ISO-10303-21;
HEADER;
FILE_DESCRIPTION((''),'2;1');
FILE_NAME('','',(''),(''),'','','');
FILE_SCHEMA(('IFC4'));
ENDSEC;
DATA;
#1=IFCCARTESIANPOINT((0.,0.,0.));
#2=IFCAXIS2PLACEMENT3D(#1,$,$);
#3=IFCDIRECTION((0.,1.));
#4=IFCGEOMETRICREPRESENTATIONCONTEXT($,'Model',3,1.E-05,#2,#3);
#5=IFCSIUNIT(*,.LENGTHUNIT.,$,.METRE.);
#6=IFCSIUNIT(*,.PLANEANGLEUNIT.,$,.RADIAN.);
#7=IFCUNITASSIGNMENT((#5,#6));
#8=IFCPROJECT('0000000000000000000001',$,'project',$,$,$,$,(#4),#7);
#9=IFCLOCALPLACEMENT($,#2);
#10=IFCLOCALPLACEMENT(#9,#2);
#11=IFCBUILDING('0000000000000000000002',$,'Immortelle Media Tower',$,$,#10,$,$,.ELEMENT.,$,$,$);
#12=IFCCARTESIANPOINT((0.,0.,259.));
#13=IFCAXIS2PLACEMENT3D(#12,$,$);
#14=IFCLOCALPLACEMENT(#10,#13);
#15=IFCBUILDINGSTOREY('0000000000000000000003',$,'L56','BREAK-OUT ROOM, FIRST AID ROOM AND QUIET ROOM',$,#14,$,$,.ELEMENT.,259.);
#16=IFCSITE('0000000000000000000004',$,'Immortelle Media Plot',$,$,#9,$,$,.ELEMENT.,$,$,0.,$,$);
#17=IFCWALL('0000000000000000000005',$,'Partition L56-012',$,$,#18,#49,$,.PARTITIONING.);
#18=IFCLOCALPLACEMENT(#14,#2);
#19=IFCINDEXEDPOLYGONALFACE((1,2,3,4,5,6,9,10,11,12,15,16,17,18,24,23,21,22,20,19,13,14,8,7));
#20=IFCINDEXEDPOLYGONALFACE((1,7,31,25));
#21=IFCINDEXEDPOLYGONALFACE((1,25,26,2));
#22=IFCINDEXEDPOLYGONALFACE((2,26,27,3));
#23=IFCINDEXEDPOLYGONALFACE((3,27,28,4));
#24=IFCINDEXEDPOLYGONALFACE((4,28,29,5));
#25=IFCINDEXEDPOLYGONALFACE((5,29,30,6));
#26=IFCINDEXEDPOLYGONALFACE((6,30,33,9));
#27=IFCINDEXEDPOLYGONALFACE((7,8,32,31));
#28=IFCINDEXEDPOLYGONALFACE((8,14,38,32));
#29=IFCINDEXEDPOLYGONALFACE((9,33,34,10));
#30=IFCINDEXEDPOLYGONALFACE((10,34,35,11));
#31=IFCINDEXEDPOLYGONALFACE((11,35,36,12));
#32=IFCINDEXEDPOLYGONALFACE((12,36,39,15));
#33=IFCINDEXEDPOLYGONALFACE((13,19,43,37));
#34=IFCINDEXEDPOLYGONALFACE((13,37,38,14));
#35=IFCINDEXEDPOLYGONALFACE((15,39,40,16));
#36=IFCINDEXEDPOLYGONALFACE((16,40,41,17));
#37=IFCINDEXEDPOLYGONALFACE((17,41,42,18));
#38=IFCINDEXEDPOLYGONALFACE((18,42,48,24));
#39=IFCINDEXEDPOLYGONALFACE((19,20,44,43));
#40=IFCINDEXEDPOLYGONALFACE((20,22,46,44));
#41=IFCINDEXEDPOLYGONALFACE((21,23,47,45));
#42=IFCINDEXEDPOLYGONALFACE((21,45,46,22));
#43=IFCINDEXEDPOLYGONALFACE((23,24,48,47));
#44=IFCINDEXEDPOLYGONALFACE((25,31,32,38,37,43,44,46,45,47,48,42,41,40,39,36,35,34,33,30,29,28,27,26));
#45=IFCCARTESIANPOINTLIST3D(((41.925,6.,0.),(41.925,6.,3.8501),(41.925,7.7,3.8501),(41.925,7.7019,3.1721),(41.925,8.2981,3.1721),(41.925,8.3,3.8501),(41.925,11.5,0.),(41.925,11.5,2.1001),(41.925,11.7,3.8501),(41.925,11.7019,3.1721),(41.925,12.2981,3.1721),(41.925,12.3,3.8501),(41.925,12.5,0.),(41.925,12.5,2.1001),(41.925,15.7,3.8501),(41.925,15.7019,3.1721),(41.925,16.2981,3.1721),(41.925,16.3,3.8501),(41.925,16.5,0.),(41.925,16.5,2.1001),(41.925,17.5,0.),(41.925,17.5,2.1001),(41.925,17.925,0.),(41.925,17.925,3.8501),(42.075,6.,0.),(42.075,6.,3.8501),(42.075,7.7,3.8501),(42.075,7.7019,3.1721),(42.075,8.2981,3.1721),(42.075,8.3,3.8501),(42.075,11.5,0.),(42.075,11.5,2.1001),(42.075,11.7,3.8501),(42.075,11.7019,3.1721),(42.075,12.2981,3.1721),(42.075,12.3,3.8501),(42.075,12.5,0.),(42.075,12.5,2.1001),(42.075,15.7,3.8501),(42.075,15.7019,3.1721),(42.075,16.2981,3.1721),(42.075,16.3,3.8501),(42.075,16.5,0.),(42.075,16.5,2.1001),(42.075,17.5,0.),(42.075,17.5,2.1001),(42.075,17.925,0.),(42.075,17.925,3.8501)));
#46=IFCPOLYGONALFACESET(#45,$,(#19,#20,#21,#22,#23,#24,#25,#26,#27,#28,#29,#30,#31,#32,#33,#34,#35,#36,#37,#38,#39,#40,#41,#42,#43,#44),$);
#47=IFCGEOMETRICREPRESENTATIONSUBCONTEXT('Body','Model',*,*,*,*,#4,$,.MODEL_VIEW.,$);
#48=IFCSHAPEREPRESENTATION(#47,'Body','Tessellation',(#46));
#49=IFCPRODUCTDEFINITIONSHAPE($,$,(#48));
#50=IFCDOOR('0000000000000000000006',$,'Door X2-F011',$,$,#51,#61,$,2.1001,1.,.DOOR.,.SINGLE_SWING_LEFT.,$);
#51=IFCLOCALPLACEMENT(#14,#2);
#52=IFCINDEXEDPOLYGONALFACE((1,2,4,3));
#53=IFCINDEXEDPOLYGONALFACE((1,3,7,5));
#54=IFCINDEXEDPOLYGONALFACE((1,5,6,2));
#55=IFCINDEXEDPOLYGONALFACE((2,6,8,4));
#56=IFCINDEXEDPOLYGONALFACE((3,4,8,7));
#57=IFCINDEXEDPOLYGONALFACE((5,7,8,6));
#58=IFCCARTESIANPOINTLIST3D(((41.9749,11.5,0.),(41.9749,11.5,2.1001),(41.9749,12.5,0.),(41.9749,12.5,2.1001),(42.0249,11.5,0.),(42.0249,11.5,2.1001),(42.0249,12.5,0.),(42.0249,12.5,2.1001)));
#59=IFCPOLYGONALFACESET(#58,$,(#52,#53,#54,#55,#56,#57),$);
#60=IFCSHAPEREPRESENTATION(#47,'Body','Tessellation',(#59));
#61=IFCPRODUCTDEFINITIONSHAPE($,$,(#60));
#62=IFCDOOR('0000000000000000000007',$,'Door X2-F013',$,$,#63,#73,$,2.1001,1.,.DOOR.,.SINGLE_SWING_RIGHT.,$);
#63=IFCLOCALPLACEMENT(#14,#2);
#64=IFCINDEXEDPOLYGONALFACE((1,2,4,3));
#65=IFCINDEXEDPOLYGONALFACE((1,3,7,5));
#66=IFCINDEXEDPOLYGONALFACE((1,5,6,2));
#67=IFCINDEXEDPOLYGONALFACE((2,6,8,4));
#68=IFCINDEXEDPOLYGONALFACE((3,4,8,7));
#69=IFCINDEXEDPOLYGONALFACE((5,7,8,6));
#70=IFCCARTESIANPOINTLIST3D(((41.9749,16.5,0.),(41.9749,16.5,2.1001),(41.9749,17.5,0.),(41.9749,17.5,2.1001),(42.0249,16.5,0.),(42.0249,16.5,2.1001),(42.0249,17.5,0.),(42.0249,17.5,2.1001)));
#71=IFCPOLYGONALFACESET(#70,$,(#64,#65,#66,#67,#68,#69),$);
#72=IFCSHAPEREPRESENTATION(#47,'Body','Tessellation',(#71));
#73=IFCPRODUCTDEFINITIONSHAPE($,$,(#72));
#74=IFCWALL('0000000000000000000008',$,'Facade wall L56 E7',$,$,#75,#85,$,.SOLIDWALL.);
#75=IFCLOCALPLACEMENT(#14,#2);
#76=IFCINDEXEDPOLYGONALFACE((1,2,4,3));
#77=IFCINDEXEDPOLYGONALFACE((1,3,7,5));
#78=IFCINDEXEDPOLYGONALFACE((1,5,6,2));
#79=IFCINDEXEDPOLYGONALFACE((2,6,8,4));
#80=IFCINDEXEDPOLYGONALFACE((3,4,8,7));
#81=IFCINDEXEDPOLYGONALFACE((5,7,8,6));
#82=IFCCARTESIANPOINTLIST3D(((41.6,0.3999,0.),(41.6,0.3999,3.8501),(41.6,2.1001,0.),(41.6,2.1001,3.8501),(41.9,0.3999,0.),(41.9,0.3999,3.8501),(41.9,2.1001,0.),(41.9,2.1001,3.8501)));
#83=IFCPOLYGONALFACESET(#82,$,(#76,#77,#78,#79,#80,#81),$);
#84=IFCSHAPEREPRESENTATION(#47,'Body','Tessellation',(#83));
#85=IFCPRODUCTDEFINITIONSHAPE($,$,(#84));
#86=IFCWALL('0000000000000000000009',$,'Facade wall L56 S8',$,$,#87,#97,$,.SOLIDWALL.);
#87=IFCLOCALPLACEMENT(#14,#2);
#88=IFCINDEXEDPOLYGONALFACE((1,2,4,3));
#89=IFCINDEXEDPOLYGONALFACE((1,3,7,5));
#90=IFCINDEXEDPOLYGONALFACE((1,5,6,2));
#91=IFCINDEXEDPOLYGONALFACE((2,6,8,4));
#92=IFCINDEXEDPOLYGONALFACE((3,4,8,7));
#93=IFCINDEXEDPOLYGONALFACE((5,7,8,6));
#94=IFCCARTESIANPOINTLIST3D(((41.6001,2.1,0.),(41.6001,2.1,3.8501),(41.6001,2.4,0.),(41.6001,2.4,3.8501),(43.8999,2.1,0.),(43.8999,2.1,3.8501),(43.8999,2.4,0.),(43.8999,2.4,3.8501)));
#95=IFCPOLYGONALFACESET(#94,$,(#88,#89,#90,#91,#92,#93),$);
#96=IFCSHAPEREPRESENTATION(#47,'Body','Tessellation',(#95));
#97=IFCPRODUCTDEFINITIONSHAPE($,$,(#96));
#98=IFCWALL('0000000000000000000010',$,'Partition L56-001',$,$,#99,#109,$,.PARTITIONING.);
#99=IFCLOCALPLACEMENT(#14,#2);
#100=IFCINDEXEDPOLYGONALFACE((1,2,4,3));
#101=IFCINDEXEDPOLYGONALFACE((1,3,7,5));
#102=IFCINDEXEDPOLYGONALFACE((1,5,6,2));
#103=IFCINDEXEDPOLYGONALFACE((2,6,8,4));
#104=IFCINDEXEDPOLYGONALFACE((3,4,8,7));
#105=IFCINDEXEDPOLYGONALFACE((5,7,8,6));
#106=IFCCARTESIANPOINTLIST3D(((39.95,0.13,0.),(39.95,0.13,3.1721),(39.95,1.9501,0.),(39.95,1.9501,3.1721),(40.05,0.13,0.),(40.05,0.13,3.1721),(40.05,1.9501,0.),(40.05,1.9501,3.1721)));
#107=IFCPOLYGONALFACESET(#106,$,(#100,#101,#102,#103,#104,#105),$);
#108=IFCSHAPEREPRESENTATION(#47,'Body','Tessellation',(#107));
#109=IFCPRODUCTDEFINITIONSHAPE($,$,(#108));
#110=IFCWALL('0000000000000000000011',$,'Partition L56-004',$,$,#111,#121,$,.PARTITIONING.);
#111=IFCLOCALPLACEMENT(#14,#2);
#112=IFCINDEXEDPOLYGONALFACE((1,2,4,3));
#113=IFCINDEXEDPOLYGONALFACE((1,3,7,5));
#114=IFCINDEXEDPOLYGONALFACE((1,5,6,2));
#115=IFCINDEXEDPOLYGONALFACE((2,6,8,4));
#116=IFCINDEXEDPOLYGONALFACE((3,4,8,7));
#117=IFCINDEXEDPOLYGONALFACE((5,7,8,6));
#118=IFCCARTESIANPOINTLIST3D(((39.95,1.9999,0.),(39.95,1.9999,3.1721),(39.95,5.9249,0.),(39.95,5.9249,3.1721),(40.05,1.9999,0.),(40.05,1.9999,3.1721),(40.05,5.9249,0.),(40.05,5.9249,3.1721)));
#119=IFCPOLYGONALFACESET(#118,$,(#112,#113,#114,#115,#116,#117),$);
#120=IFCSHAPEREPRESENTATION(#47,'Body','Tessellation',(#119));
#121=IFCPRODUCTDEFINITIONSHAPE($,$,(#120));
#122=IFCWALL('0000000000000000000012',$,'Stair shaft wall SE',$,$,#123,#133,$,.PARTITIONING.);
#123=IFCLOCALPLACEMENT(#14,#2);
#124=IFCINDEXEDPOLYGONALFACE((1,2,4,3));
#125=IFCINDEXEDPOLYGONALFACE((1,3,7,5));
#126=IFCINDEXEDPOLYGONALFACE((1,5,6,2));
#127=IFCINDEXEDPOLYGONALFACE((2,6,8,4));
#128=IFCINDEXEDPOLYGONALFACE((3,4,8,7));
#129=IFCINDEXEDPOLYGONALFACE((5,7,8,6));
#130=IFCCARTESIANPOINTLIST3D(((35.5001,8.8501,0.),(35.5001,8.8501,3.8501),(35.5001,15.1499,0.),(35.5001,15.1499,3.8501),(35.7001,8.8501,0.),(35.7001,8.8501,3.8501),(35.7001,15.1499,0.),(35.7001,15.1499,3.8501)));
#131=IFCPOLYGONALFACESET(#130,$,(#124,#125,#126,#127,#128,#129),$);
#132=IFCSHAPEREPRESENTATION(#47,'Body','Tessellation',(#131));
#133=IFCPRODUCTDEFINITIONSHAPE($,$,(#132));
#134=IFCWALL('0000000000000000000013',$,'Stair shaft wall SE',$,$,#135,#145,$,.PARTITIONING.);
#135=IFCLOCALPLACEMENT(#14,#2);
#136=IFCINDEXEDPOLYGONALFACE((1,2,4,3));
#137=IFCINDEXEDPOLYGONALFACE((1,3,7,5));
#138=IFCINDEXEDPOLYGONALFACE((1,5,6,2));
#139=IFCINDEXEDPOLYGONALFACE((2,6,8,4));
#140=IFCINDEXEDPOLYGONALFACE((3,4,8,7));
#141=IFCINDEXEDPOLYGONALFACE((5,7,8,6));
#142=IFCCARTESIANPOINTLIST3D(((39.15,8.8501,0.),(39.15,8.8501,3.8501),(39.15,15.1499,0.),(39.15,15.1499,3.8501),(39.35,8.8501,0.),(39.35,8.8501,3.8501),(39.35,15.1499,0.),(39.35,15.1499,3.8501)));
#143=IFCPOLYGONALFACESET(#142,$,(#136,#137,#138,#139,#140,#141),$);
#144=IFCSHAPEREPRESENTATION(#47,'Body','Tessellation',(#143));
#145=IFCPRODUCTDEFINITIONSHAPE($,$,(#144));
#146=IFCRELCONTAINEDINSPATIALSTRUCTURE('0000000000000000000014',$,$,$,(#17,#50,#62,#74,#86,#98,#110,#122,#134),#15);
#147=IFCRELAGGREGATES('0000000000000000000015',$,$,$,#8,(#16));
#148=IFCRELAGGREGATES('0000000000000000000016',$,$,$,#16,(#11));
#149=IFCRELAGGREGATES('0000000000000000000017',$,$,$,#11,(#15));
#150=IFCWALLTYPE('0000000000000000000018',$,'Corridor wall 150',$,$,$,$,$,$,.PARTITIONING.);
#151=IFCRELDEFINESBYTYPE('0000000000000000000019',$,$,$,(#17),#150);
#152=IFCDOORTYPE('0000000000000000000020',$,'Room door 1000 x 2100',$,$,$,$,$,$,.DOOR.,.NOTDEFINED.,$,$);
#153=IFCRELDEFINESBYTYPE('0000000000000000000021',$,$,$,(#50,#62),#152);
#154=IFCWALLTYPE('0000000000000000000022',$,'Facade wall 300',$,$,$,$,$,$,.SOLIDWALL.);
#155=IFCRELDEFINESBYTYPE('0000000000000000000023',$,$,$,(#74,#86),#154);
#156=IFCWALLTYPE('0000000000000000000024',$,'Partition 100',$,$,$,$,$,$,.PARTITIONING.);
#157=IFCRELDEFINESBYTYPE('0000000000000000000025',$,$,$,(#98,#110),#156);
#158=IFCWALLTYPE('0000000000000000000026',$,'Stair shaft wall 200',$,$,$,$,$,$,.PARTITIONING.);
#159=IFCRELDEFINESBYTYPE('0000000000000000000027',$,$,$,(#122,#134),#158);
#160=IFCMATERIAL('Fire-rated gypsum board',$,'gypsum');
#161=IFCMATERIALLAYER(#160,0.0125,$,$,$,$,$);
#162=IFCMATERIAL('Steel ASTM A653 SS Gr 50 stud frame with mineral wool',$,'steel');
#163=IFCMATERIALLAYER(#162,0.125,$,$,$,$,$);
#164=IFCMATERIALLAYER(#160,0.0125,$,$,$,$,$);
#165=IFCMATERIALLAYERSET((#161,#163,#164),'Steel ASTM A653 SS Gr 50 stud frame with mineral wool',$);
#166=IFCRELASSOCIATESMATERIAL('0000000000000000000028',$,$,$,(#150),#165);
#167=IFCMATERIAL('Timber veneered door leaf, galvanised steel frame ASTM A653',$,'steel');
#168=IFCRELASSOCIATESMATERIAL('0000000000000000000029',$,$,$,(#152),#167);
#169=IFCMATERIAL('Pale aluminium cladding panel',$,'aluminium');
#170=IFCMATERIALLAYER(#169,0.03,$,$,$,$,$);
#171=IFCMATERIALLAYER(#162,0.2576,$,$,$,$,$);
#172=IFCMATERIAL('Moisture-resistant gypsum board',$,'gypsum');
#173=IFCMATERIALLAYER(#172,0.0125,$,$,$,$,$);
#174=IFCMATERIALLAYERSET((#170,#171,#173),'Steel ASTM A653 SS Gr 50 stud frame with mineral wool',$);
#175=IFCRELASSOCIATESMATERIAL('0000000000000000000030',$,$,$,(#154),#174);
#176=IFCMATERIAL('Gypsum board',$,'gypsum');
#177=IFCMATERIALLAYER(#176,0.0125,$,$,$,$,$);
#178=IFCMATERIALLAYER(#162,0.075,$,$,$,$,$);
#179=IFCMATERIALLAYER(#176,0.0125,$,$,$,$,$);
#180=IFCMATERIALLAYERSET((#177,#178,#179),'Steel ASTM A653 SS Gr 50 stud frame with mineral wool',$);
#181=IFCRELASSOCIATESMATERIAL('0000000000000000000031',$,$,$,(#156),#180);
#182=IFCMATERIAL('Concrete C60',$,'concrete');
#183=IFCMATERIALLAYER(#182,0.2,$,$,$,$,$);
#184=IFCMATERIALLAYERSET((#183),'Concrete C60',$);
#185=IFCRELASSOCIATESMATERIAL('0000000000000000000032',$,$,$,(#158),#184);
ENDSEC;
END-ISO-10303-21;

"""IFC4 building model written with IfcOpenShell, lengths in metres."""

from ifc_helpers import new_model, si_unit, direction, frame, frame_2d, origin, place, context, subcontext, project, spatial, polyline, rectangle, outline, extrude, material, layer, layer_set, type_object, element, fill, save


model = new_model("IFC4")

# Units and contexts
model_context = context("Model", 3, precision=1e-05, world=origin(), true_north=direction((0.0, 1.0)))
body_context = subcontext(model_context, "Body", "Model", "MODEL_VIEW")
ifc_project = project(units=[si_unit("LENGTHUNIT", "METRE"), si_unit("PLANEANGLEUNIT", "RADIAN")], contexts=[model_context])

# Site, building, storey
site_placement = place(None, origin())
site = spatial("IfcSite", under=ifc_project, at=site_placement, Name="Immortelle Media Plot", CompositionType="ELEMENT", RefElevation=0.0)
building_placement = place(site_placement, origin())
building = spatial("IfcBuilding", under=site, at=building_placement, Name="Immortelle Media Tower", CompositionType="ELEMENT")
storey_placement = place(building_placement, frame((0.0, 0.0, 259.0)))
storey = spatial("IfcBuildingStorey", under=building, at=storey_placement, Name="L56", Description="BREAK-OUT ROOM, FIRST AID ROOM AND QUIET ROOM", CompositionType="ELEMENT", Elevation=259.0)

# Wall, openings, doors
ifc_material_1 = material(Name="Fire-rated gypsum board", Category="gypsum")
ifc_layer_1 = layer(ifc_material_1, 0.0125)
ifc_material_2 = material(Name="Steel ASTM A653 SS Gr 50 stud frame with mineral wool", Category="steel")
ifc_layer_2 = layer(ifc_material_2, 0.125)
ifc_layer_3 = layer(ifc_material_1, 0.0125)
ifc_layer_set_1 = layer_set([ifc_layer_1, ifc_layer_2, ifc_layer_3], Name="Steel ASTM A653 SS Gr 50 stud frame with mineral wool")
wall_type_1 = type_object("IfcWallType", Name="Corridor wall 150", PredefinedType="PARTITIONING", material=ifc_layer_set_1)
wall_1_placement = place(storey_placement, frame((42.0, 6.0, 0.0), z_axis=(0.0, 0.0, 1.0), x_axis=(0.0, 1.0, 0.0)))
wall_1 = element("IfcWall", 1, at=wall_1_placement, inside=storey, type_object=wall_type_1, Name="Partition L56-012", PredefinedType="PARTITIONING", context=body_context, shape_type="SweptSolid", body=[
    extrude(outline(polyline([(0.0, 0.0), (11.925, 0.0), (11.925, 3.8501), (10.3, 3.8501), (10.2981, 3.1721), (9.7019, 3.1721), (9.7, 3.8501), (6.3, 3.8501), (6.2981, 3.1721), (5.7019, 3.1721), (5.7, 3.8501), (2.3, 3.8501), (2.2981, 3.1721), (1.7019, 3.1721), (1.7, 3.8501), (0.0, 3.8501), (0.0, 0.0)])), frame((0.0, 0.075, 0.0), z_axis=(0.0, -1.0, 0.0), x_axis=(1.0, 0.0, 0.0)), (0.0, 0.0, 1.0), 0.1499),
])
opening_1_placement = place(wall_1_placement, frame((6.5, 0.0, 0.0), z_axis=(0.0, 0.0, 1.0), x_axis=(-1.0, 0.0, 0.0)))
opening_1 = element("IfcOpeningElement", 2, at=opening_1_placement, cuts=wall_1, PredefinedType="OPENING", context=body_context, shape_type="SweptSolid", body=[
    extrude(rectangle(XDim=1.0, YDim=2.1001, at=frame_2d((0.5, 1.05))), frame((0.0, 0.085, 0.0), z_axis=(0.0, -1.0, 0.0), x_axis=(1.0, 0.0, 0.0)), (0.0, 0.0, 1.0), 0.1699),
])
opening_2_placement = place(wall_1_placement, frame((11.5, 0.0, 0.0), z_axis=(0.0, 0.0, 1.0), x_axis=(-1.0, 0.0, 0.0)))
opening_2 = element("IfcOpeningElement", 3, at=opening_2_placement, cuts=wall_1, PredefinedType="OPENING", context=body_context, shape_type="SweptSolid", body=[
    extrude(rectangle(XDim=1.0, YDim=2.1001, at=frame_2d((0.5, 1.05))), frame((0.0, 0.085, 0.0), z_axis=(0.0, -1.0, 0.0), x_axis=(1.0, 0.0, 0.0)), (0.0, 0.0, 1.0), 0.1699),
])
ifc_material_3 = material(Name="Timber veneered door leaf, galvanised steel frame ASTM A653", Category="steel")
door_type = type_object("IfcDoorType", Name="Room door 1000 x 2100", OperationType="NOTDEFINED", PredefinedType="DOOR", material=ifc_material_3)
door_1_placement = place(opening_1_placement, origin())
door_1 = element("IfcDoor", 4, at=door_1_placement, inside=storey, type_object=door_type, Name="Door X2-F011", OperationType="SINGLE_SWING_LEFT", OverallHeight=2.1001, OverallWidth=1.0, PredefinedType="DOOR", context=body_context, shape_type="SweptSolid", body=[
    extrude(rectangle(XDim=1.0, YDim=2.1001, at=frame_2d((0.5, 1.05))), frame((0.0, 0.0249, 0.0), z_axis=(0.0, -1.0, 0.0), x_axis=(1.0, 0.0, 0.0)), (0.0, 0.0, 1.0), 0.05),
])
fill(opening_1, door_1)
door_2_placement = place(opening_2_placement, origin())
door_2 = element("IfcDoor", 5, at=door_2_placement, inside=storey, type_object=door_type, Name="Door X2-F013", OperationType="SINGLE_SWING_RIGHT", OverallHeight=2.1001, OverallWidth=1.0, PredefinedType="DOOR", context=body_context, shape_type="SweptSolid", body=[
    extrude(rectangle(XDim=1.0, YDim=2.1001, at=frame_2d((0.5, 1.05))), frame((0.0, 0.0249, 0.0), z_axis=(0.0, -1.0, 0.0), x_axis=(1.0, 0.0, 0.0)), (0.0, 0.0, 1.0), 0.05),
])
fill(opening_2, door_2)

# Walls
ifc_material_4 = material(Name="Pale aluminium cladding panel", Category="aluminium")
ifc_layer_4 = layer(ifc_material_4, 0.03)
ifc_layer_5 = layer(ifc_material_2, 0.2576)
ifc_material_5 = material(Name="Moisture-resistant gypsum board", Category="gypsum")
ifc_layer_6 = layer(ifc_material_5, 0.0125)
ifc_layer_set_2 = layer_set([ifc_layer_4, ifc_layer_5, ifc_layer_6], Name="Steel ASTM A653 SS Gr 50 stud frame with mineral wool")
wall_type_2 = type_object("IfcWallType", Name="Facade wall 300", PredefinedType="SOLIDWALL", material=ifc_layer_set_2)
wall_2_placement = place(storey_placement, frame((41.75, 0.3999, 0.0), z_axis=(0.0, 0.0, 1.0), x_axis=(0.0, 1.0, 0.0)))
element("IfcWall", 6, at=wall_2_placement, inside=storey, type_object=wall_type_2, Name="Facade wall L56 E7", PredefinedType="SOLIDWALL", context=body_context, shape_type="SweptSolid", body=[
    extrude(rectangle(XDim=1.7002, YDim=0.3, at=frame_2d((0.8501, 0.0))), origin(), (0.0, 0.0, 1.0), 3.8501),
])
wall_3_placement = place(storey_placement, frame((41.6001, 2.25, 0.0), z_axis=(0.0, 0.0, 1.0), x_axis=(1.0, 0.0, 0.0)))
element("IfcWall", 7, at=wall_3_placement, inside=storey, type_object=wall_type_2, Name="Facade wall L56 S8", PredefinedType="SOLIDWALL", context=body_context, shape_type="SweptSolid", body=[
    extrude(rectangle(XDim=2.2998, YDim=0.3, at=frame_2d((1.1499, 0.0))), origin(), (0.0, 0.0, 1.0), 3.8501),
])
ifc_material_6 = material(Name="Gypsum board", Category="gypsum")
ifc_layer_7 = layer(ifc_material_6, 0.0125)
ifc_layer_8 = layer(ifc_material_2, 0.075)
ifc_layer_9 = layer(ifc_material_6, 0.0125)
ifc_layer_set_3 = layer_set([ifc_layer_7, ifc_layer_8, ifc_layer_9], Name="Steel ASTM A653 SS Gr 50 stud frame with mineral wool")
wall_type_3 = type_object("IfcWallType", Name="Partition 100", PredefinedType="PARTITIONING", material=ifc_layer_set_3)
wall_4_placement = place(storey_placement, frame((40.0, 0.1299, 0.0), z_axis=(0.0, 0.0, 1.0), x_axis=(0.0, 1.0, 0.0)))
element("IfcWall", 8, at=wall_4_placement, inside=storey, type_object=wall_type_3, Name="Partition L56-001", PredefinedType="PARTITIONING", context=body_context, shape_type="SweptSolid", body=[
    extrude(rectangle(XDim=1.8201, YDim=0.1001, at=frame_2d((0.9102, 0.0))), origin(), (0.0, 0.0, 1.0), 3.1721),
])
wall_5_placement = place(storey_placement, frame((40.0, 2.0, 0.0), z_axis=(0.0, 0.0, 1.0), x_axis=(0.0, 1.0, 0.0)))
element("IfcWall", 9, at=wall_5_placement, inside=storey, type_object=wall_type_3, Name="Partition L56-004", PredefinedType="PARTITIONING", context=body_context, shape_type="SweptSolid", body=[
    extrude(rectangle(XDim=3.925, YDim=0.1001, at=frame_2d((1.9624, 0.0))), origin(), (0.0, 0.0, 1.0), 3.1721),
])
ifc_material_7 = material(Name="Concrete C60", Category="concrete")
ifc_layer_10 = layer(ifc_material_7, 0.2)
ifc_layer_set_4 = layer_set([ifc_layer_10], Name="Concrete C60")
wall_type_4 = type_object("IfcWallType", Name="Stair shaft wall 200", PredefinedType="PARTITIONING", material=ifc_layer_set_4)
for number, where, z_axis, x_axis, name in (
    (10, (35.6001, 8.8501, 0.0), (0.0, 0.0, 1.0), (0.0, 1.0, 0.0), "Stair shaft wall SE"),
    (11, (39.25, 8.8501, 0.0), (0.0, 0.0, 1.0), (0.0, 1.0, 0.0), "Stair shaft wall SE"),
):
    element("IfcWall", number, at=place(storey_placement, frame(where, z_axis=z_axis, x_axis=x_axis)), inside=storey, type_object=wall_type_4, Name=name, PredefinedType="PARTITIONING", context=body_context, shape_type="SweptSolid", body=[
        extrude(rectangle(XDim=6.2998, YDim=0.2, at=frame_2d((3.1499, 0.0))), origin(), (0.0, 0.0, 1.0), 3.8501),
    ])

save(model, "model.ifc")
